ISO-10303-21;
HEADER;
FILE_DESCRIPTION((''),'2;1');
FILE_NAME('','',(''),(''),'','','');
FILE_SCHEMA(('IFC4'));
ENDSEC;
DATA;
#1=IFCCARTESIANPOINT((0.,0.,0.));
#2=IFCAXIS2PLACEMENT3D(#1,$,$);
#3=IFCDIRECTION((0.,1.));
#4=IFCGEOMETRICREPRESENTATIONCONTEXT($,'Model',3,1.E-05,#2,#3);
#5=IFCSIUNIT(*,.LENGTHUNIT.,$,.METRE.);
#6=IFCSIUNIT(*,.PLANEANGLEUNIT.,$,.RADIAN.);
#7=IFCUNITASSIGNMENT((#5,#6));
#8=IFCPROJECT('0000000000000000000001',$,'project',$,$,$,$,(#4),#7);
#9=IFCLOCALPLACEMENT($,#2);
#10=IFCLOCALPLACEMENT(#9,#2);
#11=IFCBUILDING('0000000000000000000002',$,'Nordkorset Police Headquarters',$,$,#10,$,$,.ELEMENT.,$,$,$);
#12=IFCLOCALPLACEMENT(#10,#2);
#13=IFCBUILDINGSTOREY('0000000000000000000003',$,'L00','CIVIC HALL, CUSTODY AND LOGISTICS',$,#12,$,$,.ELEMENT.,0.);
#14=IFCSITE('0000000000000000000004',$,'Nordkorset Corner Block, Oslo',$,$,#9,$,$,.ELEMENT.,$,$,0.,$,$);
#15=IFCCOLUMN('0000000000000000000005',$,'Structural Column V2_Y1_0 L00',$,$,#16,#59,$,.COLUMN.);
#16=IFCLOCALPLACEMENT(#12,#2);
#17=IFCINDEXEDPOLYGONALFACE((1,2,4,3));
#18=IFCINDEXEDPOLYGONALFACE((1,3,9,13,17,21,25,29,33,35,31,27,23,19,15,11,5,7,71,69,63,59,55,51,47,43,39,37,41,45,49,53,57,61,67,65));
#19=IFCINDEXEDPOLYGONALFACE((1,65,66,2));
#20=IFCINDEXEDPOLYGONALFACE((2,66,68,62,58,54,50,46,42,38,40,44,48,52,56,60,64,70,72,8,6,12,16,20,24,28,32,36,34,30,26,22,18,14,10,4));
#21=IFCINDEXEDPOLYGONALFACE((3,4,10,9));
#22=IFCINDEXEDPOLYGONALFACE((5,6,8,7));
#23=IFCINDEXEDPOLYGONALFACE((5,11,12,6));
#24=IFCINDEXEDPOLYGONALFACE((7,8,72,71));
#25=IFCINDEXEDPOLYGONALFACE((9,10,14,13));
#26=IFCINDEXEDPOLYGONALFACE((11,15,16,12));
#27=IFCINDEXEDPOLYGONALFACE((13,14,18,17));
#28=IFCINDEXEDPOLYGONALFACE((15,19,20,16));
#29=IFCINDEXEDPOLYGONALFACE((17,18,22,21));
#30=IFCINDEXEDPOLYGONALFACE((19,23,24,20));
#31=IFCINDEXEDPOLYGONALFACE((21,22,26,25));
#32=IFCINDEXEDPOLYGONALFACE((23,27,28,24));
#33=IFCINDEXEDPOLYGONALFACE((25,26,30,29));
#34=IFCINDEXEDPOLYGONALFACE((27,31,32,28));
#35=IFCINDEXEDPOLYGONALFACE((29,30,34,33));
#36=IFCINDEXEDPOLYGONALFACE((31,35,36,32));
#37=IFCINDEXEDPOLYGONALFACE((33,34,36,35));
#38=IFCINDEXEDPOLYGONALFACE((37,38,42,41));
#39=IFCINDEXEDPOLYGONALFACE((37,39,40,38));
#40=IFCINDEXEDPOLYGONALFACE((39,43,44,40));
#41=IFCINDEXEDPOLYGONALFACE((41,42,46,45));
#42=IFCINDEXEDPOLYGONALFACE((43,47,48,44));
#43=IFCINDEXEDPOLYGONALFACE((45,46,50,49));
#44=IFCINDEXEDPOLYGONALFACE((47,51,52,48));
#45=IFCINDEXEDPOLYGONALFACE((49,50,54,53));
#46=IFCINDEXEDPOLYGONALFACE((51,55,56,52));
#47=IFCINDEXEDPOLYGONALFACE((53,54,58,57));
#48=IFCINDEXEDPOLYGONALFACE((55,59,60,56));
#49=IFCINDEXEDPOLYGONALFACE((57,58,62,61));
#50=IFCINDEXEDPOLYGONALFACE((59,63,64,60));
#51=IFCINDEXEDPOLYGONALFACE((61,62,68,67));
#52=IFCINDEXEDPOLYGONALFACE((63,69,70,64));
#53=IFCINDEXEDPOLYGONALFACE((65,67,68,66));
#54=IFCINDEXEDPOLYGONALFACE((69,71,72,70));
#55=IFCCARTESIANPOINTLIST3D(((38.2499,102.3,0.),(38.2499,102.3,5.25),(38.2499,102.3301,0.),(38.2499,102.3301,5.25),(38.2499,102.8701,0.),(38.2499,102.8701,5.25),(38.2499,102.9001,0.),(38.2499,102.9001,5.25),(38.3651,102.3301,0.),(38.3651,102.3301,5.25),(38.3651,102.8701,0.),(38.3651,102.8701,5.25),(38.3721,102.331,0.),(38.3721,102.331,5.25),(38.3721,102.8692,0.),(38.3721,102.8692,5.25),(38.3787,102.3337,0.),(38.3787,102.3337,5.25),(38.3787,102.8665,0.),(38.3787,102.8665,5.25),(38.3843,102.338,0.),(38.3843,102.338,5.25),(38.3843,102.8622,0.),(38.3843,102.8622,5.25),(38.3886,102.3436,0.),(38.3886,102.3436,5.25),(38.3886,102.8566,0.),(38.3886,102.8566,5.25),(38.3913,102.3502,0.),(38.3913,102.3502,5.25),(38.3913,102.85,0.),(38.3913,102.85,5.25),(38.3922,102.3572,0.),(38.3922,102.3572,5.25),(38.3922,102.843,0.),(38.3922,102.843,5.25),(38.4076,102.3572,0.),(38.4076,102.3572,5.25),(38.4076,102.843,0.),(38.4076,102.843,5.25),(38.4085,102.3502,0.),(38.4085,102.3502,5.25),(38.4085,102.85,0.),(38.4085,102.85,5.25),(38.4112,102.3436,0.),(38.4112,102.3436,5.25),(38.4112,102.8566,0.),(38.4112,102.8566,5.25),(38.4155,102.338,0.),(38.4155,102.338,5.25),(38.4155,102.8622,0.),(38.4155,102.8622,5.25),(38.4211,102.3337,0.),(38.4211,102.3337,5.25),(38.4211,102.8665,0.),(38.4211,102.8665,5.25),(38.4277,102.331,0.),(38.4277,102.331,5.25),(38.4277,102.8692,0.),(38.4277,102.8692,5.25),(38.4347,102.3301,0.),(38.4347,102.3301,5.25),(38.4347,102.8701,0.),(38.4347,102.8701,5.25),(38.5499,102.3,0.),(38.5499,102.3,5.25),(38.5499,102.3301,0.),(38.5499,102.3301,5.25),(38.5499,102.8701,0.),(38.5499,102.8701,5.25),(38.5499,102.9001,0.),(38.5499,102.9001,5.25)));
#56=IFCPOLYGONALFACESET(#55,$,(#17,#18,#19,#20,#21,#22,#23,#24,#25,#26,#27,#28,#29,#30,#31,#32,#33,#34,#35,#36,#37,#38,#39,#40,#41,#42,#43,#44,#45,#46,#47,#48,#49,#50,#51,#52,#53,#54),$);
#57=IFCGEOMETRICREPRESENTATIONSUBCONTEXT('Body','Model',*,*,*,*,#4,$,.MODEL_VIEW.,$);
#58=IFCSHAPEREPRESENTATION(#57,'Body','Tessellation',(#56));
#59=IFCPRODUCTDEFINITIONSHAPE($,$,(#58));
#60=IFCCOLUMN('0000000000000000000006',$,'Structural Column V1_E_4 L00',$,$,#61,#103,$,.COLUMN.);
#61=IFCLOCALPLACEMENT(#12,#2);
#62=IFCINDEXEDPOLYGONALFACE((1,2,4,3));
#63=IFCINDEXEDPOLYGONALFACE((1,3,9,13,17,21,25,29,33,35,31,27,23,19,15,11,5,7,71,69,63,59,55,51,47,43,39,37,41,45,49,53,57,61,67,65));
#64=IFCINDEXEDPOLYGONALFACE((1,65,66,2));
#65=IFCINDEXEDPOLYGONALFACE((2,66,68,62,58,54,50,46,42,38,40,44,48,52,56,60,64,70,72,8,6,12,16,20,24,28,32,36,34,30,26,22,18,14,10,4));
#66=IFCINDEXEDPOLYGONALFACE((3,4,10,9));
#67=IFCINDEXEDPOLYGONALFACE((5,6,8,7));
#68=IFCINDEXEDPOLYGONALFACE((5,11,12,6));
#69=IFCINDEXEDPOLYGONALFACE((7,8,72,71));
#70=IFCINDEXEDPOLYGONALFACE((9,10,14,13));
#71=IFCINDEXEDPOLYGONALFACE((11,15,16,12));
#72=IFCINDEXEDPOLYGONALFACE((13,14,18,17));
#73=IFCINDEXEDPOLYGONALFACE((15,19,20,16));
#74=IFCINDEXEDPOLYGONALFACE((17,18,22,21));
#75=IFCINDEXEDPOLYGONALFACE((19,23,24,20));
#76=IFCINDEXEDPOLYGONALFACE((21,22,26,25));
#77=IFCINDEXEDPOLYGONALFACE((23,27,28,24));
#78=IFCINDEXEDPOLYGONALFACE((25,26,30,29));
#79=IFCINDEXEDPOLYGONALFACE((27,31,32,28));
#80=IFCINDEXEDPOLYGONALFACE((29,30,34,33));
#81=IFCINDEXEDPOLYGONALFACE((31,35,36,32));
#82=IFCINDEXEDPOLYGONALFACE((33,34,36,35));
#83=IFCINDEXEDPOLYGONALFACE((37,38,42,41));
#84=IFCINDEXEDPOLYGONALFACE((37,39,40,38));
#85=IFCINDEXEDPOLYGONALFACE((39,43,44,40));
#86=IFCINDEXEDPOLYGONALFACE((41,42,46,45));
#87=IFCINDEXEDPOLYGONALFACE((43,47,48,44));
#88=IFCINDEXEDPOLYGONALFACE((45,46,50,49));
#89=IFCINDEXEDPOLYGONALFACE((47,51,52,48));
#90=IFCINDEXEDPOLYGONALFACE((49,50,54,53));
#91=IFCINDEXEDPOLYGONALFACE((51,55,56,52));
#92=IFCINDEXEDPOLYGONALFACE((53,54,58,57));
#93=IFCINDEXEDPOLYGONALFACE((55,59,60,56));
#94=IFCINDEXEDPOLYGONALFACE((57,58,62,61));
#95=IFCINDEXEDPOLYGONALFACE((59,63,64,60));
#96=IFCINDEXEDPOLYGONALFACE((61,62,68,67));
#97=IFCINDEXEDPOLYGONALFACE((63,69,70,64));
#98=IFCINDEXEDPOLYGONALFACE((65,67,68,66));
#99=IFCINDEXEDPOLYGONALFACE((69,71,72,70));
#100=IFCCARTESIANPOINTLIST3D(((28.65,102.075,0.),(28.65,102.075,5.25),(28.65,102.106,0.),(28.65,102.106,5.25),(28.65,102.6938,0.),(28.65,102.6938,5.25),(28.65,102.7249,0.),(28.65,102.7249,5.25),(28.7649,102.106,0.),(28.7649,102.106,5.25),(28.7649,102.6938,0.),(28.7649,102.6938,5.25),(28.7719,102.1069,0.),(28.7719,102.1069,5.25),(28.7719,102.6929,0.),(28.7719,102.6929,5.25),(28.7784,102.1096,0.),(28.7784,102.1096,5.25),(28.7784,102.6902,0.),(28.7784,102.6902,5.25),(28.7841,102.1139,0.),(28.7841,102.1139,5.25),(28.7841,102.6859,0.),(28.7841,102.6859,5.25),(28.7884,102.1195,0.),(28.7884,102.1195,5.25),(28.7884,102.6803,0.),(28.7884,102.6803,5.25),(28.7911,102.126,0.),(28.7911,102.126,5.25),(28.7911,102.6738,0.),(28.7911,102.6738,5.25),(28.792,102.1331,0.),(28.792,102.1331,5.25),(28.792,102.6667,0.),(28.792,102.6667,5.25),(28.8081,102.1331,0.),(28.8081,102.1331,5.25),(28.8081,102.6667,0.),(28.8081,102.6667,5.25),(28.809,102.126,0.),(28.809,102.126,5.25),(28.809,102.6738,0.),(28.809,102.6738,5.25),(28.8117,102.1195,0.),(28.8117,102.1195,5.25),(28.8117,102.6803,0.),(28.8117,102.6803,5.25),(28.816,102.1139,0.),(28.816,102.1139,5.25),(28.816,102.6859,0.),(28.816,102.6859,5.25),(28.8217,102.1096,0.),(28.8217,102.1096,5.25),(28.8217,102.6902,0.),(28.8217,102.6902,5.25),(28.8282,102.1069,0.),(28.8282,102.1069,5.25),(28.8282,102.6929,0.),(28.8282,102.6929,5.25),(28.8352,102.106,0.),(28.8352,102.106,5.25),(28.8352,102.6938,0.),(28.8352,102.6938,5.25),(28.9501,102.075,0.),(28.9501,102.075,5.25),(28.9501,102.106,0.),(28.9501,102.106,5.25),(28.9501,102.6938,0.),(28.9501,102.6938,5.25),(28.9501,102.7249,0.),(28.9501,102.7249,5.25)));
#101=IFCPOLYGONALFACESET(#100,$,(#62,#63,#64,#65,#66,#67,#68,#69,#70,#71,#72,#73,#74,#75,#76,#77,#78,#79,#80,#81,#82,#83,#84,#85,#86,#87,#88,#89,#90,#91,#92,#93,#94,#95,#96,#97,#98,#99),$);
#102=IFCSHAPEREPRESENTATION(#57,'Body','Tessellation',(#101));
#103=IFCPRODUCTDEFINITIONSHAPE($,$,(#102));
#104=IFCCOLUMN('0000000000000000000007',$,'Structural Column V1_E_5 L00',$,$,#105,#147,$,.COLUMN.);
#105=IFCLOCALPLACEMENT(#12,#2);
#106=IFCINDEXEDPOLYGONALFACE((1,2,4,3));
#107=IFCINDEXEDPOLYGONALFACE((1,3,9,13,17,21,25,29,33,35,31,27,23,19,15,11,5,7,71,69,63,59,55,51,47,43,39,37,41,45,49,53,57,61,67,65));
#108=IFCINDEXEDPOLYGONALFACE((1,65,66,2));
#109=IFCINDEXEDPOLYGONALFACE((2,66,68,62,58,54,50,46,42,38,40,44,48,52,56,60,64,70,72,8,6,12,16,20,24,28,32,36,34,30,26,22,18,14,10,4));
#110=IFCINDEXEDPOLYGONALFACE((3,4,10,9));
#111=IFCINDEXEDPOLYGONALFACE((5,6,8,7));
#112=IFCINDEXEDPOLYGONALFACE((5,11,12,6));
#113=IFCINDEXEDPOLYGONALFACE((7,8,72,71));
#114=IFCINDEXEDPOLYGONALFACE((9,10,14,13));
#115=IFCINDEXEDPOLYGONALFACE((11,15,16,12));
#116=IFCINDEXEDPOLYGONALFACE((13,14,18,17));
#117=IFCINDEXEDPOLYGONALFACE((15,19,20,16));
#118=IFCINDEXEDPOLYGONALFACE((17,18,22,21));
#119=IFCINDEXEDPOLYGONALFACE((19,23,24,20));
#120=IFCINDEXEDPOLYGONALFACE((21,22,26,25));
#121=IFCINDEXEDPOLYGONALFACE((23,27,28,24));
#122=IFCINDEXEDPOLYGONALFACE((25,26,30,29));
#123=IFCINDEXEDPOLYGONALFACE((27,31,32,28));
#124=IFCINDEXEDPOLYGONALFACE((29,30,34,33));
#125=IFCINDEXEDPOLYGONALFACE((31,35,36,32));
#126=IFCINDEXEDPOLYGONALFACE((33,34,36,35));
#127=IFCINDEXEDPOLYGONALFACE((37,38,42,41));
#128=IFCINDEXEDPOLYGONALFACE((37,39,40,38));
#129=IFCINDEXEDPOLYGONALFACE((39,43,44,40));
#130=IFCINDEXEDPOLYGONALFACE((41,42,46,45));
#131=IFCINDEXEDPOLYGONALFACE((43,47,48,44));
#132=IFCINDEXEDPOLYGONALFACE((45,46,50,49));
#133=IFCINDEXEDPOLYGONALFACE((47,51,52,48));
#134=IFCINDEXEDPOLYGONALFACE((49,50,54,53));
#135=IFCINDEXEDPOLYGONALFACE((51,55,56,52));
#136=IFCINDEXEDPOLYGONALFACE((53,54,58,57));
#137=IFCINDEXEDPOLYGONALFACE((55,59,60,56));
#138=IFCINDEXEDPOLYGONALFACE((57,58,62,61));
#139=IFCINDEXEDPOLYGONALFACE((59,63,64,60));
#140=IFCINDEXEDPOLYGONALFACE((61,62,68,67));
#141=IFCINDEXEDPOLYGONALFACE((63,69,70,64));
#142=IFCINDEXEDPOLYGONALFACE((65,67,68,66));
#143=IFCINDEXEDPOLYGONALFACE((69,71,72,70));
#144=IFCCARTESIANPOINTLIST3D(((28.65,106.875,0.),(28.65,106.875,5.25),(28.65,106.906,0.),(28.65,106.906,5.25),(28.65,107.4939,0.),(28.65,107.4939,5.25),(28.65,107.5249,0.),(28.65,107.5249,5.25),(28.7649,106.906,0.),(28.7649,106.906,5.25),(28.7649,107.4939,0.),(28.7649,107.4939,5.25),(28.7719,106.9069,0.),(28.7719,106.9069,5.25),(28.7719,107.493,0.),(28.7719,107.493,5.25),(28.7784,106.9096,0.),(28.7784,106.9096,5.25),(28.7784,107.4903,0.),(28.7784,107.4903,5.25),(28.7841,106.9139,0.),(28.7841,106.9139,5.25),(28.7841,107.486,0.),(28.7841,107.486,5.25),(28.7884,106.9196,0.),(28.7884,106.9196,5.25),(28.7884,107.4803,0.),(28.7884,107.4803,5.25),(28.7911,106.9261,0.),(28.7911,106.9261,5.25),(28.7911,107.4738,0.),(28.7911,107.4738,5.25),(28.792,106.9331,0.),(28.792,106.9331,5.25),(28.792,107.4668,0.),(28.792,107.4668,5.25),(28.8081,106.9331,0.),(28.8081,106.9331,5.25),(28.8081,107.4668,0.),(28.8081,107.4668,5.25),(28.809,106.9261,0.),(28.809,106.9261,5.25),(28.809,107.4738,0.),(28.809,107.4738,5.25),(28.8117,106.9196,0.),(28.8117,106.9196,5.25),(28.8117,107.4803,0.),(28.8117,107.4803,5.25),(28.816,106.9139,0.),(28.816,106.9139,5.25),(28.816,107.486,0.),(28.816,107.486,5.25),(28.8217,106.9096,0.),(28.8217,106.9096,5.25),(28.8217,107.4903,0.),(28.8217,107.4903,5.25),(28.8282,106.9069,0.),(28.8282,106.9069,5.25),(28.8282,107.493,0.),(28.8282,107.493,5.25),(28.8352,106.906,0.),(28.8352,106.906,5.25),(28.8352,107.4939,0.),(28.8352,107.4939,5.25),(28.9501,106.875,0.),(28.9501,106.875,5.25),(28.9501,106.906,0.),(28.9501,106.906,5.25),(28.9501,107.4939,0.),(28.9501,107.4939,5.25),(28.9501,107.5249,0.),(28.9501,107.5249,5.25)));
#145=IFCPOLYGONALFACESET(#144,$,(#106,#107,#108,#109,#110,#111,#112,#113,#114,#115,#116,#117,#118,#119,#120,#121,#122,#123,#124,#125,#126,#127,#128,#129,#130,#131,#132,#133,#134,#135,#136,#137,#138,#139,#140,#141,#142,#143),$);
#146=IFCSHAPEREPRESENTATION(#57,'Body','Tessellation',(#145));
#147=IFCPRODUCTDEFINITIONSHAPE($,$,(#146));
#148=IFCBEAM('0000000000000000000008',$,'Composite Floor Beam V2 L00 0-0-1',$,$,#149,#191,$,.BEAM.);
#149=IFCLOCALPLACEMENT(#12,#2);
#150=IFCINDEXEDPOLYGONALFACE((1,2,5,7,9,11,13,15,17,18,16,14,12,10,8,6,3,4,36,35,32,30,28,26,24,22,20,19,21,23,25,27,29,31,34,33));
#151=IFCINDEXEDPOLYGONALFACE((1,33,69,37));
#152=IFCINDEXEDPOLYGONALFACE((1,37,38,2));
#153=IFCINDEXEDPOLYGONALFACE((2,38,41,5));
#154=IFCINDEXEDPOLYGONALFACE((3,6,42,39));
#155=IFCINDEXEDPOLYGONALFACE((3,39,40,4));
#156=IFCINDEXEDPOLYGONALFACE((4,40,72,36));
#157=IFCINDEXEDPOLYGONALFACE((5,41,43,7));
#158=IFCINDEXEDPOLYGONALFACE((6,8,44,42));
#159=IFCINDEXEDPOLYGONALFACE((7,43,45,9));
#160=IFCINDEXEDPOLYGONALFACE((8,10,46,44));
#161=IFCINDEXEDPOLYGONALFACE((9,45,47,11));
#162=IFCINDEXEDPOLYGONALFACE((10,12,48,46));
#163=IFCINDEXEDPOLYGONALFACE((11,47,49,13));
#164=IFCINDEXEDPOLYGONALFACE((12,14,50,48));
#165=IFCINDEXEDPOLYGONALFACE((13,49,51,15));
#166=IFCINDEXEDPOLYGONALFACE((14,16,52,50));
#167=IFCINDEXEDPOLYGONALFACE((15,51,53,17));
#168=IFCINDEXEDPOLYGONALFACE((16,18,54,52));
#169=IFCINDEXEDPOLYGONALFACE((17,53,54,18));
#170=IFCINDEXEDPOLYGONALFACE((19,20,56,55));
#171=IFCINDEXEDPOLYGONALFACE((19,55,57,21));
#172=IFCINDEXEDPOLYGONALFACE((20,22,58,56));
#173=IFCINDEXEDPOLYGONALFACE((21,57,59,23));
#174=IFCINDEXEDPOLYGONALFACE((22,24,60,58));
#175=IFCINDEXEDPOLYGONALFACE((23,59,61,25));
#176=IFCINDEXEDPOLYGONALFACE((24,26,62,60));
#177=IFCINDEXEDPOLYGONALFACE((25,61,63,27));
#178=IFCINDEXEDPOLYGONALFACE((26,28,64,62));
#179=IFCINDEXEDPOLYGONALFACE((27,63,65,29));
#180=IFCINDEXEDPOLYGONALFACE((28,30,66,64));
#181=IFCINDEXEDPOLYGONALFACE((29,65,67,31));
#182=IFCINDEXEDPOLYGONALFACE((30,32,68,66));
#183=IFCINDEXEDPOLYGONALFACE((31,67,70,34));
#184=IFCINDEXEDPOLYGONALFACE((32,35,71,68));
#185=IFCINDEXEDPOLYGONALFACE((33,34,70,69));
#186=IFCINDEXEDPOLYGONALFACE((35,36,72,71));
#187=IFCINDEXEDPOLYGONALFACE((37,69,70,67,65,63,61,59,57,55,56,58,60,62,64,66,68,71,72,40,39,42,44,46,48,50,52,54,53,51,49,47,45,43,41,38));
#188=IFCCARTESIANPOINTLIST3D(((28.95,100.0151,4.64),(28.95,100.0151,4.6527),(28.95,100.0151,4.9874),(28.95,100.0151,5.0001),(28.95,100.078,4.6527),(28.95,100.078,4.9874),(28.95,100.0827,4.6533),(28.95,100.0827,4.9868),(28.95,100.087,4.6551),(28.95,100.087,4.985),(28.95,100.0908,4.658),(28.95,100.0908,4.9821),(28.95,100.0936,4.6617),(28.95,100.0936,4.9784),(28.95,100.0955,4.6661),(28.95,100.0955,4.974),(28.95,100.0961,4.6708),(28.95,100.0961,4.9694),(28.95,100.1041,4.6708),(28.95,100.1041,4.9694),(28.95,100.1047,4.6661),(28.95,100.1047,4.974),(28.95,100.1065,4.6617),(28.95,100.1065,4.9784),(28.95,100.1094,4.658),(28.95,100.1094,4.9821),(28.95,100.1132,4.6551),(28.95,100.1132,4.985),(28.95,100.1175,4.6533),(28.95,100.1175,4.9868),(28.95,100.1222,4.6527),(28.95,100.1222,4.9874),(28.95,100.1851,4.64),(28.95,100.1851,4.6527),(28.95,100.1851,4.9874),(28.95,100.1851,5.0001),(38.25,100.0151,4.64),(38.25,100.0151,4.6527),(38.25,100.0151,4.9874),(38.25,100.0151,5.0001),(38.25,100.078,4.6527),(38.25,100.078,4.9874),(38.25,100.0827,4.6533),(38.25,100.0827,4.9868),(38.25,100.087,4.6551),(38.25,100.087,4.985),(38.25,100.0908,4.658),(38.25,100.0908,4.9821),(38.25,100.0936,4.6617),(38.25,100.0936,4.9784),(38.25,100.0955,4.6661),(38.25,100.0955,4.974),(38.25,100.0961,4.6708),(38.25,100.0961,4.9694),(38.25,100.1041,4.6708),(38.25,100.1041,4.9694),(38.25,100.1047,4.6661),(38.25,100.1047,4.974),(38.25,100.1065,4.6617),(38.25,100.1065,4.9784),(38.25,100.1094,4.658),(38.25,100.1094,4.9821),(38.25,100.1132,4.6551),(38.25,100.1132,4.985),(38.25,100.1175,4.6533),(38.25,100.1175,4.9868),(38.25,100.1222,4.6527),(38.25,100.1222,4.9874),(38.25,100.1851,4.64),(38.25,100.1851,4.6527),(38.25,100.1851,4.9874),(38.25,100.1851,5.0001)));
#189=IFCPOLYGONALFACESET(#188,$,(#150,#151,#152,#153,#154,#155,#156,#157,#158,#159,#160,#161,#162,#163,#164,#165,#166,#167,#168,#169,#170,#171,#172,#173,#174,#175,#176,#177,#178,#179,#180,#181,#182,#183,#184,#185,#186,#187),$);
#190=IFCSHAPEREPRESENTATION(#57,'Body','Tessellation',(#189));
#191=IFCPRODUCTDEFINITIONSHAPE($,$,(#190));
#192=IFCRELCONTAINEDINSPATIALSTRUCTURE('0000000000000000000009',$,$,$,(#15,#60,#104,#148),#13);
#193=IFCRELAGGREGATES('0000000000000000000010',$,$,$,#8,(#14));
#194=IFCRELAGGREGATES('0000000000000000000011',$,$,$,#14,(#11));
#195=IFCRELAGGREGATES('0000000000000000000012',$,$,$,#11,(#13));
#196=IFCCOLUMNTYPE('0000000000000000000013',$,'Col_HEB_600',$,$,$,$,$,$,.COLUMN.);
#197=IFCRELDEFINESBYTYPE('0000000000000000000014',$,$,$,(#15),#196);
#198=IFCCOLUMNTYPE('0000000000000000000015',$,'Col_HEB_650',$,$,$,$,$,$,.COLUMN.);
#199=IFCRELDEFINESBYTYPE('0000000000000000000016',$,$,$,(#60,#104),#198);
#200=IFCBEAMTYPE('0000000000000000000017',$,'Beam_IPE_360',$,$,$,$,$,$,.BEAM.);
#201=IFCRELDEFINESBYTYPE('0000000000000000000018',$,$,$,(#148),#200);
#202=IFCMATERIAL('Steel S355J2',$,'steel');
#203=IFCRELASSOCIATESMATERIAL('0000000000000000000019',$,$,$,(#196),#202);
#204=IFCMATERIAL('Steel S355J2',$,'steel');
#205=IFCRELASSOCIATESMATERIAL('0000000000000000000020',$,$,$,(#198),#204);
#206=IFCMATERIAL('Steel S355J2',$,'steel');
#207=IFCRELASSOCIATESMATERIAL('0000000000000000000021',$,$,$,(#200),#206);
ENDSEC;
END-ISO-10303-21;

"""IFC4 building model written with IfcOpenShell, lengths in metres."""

from ifc_helpers import new_model, si_unit, direction, frame, origin, origin_2d, place, context, subcontext, project, spatial, i_section, extrude, material, material_profile, profile_set, type_object, element, save


model = new_model("IFC4")

# Units and contexts
model_context = context("Model", 3, precision=1e-05, world=origin(), true_north=direction((0.0, 1.0)))
body_context = subcontext(model_context, "Body", "Model", "MODEL_VIEW")
ifc_project = project(units=[si_unit("LENGTHUNIT", "METRE"), si_unit("PLANEANGLEUNIT", "RADIAN")], contexts=[model_context])

# Site, building, storey
site_placement = place(None, origin())
site = spatial("IfcSite", under=ifc_project, at=site_placement, Name="Nordkorset Corner Block, Oslo", CompositionType="ELEMENT", RefElevation=0.0)
building_placement = place(site_placement, origin())
building = spatial("IfcBuilding", under=site, at=building_placement, Name="Nordkorset Police Headquarters", CompositionType="ELEMENT")
storey_placement = place(building_placement, origin())
storey = spatial("IfcBuildingStorey", under=building, at=storey_placement, Name="L00", Description="CIVIC HALL, CUSTODY AND LOGISTICS", CompositionType="ELEMENT", Elevation=0.0)

# Columns
ifc_material_1 = material(Name="Steel S355J2", Category="steel")
ifc_material_profile_1 = material_profile(ifc_material_1, i_section(OverallWidth=0.3, OverallDepth=0.6001, WebThickness=0.0154, FlangeThickness=0.03, FilletRadius=0.0271, at=origin_2d()), Name="HEB 600")
ifc_profile_set_1 = profile_set([ifc_material_profile_1], Name="Steel S355J2")
column_type_1 = type_object("IfcColumnType", Name="Col_HEB_600", PredefinedType="COLUMN", material=ifc_profile_set_1)
column_placement = place(storey_placement, frame((38.3999, 102.6001, 0.0), z_axis=(0.0, 0.0, 1.0), x_axis=(1.0, 0.0, 0.0)))
element("IfcColumn", 1, at=column_placement, inside=storey, type_object=column_type_1, Name="Structural Column V2_Y1_0 L00", PredefinedType="COLUMN", context=body_context, shape_type="SweptSolid", body=[
    extrude(i_section(OverallWidth=0.3, OverallDepth=0.6001, WebThickness=0.0154, FlangeThickness=0.03, FilletRadius=0.0271, at=origin_2d()), origin(), (0.0, 0.0, 1.0), 5.25),
])
ifc_material_2 = material(Name="Steel S355J2", Category="steel")
ifc_material_profile_2 = material_profile(ifc_material_2, i_section(OverallWidth=0.3, OverallDepth=0.6499, WebThickness=0.0161, FlangeThickness=0.031, FilletRadius=0.0271, at=origin_2d()), Name="HEB 650")
ifc_profile_set_2 = profile_set([ifc_material_profile_2], Name="Steel S355J2")
column_type_2 = type_object("IfcColumnType", Name="Col_HEB_650", PredefinedType="COLUMN", material=ifc_profile_set_2)
for number, where, z_axis, x_axis, name in (
    (2, (28.8, 102.3999, 0.0), (0.0, 0.0, 1.0), (1.0, 0.0, 0.0), "Structural Column V1_E_4 L00"),
    (3, (28.8, 107.2, 0.0), (0.0, 0.0, 1.0), (1.0, 0.0, 0.0), "Structural Column V1_E_5 L00"),
):
    element("IfcColumn", number, at=place(storey_placement, frame(where, z_axis=z_axis, x_axis=x_axis)), inside=storey, type_object=column_type_2, Name=name, PredefinedType="COLUMN", context=body_context, shape_type="SweptSolid", body=[
        extrude(i_section(OverallWidth=0.3, OverallDepth=0.6499, WebThickness=0.0161, FlangeThickness=0.031, FilletRadius=0.0271, at=origin_2d()), origin(), (0.0, 0.0, 1.0), 5.25),
    ])

# Beam
ifc_material_3 = material(Name="Steel S355J2", Category="steel")
ifc_material_profile_3 = material_profile(ifc_material_3, i_section(OverallWidth=0.1699, OverallDepth=0.3601, WebThickness=0.0081, FlangeThickness=0.0127, FilletRadius=0.0181, at=origin_2d()), Name="IPE 360")
ifc_profile_set_3 = profile_set([ifc_material_profile_3], Name="Steel S355J2")
beam_type_1 = type_object("IfcBeamType", Name="Beam_IPE_360", PredefinedType="BEAM", material=ifc_profile_set_3)
for number, where, z_axis, x_axis, name in (
    (4, (28.95, 100.1001, 4.8201), (1.0, 0.0, 0.0), (0.0, 1.0, 0.0), "Composite Floor Beam V2 L00 0-0-1"),
):
    element("IfcBeam", number, at=place(storey_placement, frame(where, z_axis=z_axis, x_axis=x_axis)), inside=storey, type_object=beam_type_1, Name=name, PredefinedType="BEAM", context=body_context, shape_type="SweptSolid", body=[
        extrude(i_section(OverallWidth=0.1699, OverallDepth=0.3601, WebThickness=0.0081, FlangeThickness=0.0127, FilletRadius=0.0181, at=origin_2d()), origin(), (0.0, 0.0, 1.0), 9.3),
    ])

save(model, "model.ifc")
